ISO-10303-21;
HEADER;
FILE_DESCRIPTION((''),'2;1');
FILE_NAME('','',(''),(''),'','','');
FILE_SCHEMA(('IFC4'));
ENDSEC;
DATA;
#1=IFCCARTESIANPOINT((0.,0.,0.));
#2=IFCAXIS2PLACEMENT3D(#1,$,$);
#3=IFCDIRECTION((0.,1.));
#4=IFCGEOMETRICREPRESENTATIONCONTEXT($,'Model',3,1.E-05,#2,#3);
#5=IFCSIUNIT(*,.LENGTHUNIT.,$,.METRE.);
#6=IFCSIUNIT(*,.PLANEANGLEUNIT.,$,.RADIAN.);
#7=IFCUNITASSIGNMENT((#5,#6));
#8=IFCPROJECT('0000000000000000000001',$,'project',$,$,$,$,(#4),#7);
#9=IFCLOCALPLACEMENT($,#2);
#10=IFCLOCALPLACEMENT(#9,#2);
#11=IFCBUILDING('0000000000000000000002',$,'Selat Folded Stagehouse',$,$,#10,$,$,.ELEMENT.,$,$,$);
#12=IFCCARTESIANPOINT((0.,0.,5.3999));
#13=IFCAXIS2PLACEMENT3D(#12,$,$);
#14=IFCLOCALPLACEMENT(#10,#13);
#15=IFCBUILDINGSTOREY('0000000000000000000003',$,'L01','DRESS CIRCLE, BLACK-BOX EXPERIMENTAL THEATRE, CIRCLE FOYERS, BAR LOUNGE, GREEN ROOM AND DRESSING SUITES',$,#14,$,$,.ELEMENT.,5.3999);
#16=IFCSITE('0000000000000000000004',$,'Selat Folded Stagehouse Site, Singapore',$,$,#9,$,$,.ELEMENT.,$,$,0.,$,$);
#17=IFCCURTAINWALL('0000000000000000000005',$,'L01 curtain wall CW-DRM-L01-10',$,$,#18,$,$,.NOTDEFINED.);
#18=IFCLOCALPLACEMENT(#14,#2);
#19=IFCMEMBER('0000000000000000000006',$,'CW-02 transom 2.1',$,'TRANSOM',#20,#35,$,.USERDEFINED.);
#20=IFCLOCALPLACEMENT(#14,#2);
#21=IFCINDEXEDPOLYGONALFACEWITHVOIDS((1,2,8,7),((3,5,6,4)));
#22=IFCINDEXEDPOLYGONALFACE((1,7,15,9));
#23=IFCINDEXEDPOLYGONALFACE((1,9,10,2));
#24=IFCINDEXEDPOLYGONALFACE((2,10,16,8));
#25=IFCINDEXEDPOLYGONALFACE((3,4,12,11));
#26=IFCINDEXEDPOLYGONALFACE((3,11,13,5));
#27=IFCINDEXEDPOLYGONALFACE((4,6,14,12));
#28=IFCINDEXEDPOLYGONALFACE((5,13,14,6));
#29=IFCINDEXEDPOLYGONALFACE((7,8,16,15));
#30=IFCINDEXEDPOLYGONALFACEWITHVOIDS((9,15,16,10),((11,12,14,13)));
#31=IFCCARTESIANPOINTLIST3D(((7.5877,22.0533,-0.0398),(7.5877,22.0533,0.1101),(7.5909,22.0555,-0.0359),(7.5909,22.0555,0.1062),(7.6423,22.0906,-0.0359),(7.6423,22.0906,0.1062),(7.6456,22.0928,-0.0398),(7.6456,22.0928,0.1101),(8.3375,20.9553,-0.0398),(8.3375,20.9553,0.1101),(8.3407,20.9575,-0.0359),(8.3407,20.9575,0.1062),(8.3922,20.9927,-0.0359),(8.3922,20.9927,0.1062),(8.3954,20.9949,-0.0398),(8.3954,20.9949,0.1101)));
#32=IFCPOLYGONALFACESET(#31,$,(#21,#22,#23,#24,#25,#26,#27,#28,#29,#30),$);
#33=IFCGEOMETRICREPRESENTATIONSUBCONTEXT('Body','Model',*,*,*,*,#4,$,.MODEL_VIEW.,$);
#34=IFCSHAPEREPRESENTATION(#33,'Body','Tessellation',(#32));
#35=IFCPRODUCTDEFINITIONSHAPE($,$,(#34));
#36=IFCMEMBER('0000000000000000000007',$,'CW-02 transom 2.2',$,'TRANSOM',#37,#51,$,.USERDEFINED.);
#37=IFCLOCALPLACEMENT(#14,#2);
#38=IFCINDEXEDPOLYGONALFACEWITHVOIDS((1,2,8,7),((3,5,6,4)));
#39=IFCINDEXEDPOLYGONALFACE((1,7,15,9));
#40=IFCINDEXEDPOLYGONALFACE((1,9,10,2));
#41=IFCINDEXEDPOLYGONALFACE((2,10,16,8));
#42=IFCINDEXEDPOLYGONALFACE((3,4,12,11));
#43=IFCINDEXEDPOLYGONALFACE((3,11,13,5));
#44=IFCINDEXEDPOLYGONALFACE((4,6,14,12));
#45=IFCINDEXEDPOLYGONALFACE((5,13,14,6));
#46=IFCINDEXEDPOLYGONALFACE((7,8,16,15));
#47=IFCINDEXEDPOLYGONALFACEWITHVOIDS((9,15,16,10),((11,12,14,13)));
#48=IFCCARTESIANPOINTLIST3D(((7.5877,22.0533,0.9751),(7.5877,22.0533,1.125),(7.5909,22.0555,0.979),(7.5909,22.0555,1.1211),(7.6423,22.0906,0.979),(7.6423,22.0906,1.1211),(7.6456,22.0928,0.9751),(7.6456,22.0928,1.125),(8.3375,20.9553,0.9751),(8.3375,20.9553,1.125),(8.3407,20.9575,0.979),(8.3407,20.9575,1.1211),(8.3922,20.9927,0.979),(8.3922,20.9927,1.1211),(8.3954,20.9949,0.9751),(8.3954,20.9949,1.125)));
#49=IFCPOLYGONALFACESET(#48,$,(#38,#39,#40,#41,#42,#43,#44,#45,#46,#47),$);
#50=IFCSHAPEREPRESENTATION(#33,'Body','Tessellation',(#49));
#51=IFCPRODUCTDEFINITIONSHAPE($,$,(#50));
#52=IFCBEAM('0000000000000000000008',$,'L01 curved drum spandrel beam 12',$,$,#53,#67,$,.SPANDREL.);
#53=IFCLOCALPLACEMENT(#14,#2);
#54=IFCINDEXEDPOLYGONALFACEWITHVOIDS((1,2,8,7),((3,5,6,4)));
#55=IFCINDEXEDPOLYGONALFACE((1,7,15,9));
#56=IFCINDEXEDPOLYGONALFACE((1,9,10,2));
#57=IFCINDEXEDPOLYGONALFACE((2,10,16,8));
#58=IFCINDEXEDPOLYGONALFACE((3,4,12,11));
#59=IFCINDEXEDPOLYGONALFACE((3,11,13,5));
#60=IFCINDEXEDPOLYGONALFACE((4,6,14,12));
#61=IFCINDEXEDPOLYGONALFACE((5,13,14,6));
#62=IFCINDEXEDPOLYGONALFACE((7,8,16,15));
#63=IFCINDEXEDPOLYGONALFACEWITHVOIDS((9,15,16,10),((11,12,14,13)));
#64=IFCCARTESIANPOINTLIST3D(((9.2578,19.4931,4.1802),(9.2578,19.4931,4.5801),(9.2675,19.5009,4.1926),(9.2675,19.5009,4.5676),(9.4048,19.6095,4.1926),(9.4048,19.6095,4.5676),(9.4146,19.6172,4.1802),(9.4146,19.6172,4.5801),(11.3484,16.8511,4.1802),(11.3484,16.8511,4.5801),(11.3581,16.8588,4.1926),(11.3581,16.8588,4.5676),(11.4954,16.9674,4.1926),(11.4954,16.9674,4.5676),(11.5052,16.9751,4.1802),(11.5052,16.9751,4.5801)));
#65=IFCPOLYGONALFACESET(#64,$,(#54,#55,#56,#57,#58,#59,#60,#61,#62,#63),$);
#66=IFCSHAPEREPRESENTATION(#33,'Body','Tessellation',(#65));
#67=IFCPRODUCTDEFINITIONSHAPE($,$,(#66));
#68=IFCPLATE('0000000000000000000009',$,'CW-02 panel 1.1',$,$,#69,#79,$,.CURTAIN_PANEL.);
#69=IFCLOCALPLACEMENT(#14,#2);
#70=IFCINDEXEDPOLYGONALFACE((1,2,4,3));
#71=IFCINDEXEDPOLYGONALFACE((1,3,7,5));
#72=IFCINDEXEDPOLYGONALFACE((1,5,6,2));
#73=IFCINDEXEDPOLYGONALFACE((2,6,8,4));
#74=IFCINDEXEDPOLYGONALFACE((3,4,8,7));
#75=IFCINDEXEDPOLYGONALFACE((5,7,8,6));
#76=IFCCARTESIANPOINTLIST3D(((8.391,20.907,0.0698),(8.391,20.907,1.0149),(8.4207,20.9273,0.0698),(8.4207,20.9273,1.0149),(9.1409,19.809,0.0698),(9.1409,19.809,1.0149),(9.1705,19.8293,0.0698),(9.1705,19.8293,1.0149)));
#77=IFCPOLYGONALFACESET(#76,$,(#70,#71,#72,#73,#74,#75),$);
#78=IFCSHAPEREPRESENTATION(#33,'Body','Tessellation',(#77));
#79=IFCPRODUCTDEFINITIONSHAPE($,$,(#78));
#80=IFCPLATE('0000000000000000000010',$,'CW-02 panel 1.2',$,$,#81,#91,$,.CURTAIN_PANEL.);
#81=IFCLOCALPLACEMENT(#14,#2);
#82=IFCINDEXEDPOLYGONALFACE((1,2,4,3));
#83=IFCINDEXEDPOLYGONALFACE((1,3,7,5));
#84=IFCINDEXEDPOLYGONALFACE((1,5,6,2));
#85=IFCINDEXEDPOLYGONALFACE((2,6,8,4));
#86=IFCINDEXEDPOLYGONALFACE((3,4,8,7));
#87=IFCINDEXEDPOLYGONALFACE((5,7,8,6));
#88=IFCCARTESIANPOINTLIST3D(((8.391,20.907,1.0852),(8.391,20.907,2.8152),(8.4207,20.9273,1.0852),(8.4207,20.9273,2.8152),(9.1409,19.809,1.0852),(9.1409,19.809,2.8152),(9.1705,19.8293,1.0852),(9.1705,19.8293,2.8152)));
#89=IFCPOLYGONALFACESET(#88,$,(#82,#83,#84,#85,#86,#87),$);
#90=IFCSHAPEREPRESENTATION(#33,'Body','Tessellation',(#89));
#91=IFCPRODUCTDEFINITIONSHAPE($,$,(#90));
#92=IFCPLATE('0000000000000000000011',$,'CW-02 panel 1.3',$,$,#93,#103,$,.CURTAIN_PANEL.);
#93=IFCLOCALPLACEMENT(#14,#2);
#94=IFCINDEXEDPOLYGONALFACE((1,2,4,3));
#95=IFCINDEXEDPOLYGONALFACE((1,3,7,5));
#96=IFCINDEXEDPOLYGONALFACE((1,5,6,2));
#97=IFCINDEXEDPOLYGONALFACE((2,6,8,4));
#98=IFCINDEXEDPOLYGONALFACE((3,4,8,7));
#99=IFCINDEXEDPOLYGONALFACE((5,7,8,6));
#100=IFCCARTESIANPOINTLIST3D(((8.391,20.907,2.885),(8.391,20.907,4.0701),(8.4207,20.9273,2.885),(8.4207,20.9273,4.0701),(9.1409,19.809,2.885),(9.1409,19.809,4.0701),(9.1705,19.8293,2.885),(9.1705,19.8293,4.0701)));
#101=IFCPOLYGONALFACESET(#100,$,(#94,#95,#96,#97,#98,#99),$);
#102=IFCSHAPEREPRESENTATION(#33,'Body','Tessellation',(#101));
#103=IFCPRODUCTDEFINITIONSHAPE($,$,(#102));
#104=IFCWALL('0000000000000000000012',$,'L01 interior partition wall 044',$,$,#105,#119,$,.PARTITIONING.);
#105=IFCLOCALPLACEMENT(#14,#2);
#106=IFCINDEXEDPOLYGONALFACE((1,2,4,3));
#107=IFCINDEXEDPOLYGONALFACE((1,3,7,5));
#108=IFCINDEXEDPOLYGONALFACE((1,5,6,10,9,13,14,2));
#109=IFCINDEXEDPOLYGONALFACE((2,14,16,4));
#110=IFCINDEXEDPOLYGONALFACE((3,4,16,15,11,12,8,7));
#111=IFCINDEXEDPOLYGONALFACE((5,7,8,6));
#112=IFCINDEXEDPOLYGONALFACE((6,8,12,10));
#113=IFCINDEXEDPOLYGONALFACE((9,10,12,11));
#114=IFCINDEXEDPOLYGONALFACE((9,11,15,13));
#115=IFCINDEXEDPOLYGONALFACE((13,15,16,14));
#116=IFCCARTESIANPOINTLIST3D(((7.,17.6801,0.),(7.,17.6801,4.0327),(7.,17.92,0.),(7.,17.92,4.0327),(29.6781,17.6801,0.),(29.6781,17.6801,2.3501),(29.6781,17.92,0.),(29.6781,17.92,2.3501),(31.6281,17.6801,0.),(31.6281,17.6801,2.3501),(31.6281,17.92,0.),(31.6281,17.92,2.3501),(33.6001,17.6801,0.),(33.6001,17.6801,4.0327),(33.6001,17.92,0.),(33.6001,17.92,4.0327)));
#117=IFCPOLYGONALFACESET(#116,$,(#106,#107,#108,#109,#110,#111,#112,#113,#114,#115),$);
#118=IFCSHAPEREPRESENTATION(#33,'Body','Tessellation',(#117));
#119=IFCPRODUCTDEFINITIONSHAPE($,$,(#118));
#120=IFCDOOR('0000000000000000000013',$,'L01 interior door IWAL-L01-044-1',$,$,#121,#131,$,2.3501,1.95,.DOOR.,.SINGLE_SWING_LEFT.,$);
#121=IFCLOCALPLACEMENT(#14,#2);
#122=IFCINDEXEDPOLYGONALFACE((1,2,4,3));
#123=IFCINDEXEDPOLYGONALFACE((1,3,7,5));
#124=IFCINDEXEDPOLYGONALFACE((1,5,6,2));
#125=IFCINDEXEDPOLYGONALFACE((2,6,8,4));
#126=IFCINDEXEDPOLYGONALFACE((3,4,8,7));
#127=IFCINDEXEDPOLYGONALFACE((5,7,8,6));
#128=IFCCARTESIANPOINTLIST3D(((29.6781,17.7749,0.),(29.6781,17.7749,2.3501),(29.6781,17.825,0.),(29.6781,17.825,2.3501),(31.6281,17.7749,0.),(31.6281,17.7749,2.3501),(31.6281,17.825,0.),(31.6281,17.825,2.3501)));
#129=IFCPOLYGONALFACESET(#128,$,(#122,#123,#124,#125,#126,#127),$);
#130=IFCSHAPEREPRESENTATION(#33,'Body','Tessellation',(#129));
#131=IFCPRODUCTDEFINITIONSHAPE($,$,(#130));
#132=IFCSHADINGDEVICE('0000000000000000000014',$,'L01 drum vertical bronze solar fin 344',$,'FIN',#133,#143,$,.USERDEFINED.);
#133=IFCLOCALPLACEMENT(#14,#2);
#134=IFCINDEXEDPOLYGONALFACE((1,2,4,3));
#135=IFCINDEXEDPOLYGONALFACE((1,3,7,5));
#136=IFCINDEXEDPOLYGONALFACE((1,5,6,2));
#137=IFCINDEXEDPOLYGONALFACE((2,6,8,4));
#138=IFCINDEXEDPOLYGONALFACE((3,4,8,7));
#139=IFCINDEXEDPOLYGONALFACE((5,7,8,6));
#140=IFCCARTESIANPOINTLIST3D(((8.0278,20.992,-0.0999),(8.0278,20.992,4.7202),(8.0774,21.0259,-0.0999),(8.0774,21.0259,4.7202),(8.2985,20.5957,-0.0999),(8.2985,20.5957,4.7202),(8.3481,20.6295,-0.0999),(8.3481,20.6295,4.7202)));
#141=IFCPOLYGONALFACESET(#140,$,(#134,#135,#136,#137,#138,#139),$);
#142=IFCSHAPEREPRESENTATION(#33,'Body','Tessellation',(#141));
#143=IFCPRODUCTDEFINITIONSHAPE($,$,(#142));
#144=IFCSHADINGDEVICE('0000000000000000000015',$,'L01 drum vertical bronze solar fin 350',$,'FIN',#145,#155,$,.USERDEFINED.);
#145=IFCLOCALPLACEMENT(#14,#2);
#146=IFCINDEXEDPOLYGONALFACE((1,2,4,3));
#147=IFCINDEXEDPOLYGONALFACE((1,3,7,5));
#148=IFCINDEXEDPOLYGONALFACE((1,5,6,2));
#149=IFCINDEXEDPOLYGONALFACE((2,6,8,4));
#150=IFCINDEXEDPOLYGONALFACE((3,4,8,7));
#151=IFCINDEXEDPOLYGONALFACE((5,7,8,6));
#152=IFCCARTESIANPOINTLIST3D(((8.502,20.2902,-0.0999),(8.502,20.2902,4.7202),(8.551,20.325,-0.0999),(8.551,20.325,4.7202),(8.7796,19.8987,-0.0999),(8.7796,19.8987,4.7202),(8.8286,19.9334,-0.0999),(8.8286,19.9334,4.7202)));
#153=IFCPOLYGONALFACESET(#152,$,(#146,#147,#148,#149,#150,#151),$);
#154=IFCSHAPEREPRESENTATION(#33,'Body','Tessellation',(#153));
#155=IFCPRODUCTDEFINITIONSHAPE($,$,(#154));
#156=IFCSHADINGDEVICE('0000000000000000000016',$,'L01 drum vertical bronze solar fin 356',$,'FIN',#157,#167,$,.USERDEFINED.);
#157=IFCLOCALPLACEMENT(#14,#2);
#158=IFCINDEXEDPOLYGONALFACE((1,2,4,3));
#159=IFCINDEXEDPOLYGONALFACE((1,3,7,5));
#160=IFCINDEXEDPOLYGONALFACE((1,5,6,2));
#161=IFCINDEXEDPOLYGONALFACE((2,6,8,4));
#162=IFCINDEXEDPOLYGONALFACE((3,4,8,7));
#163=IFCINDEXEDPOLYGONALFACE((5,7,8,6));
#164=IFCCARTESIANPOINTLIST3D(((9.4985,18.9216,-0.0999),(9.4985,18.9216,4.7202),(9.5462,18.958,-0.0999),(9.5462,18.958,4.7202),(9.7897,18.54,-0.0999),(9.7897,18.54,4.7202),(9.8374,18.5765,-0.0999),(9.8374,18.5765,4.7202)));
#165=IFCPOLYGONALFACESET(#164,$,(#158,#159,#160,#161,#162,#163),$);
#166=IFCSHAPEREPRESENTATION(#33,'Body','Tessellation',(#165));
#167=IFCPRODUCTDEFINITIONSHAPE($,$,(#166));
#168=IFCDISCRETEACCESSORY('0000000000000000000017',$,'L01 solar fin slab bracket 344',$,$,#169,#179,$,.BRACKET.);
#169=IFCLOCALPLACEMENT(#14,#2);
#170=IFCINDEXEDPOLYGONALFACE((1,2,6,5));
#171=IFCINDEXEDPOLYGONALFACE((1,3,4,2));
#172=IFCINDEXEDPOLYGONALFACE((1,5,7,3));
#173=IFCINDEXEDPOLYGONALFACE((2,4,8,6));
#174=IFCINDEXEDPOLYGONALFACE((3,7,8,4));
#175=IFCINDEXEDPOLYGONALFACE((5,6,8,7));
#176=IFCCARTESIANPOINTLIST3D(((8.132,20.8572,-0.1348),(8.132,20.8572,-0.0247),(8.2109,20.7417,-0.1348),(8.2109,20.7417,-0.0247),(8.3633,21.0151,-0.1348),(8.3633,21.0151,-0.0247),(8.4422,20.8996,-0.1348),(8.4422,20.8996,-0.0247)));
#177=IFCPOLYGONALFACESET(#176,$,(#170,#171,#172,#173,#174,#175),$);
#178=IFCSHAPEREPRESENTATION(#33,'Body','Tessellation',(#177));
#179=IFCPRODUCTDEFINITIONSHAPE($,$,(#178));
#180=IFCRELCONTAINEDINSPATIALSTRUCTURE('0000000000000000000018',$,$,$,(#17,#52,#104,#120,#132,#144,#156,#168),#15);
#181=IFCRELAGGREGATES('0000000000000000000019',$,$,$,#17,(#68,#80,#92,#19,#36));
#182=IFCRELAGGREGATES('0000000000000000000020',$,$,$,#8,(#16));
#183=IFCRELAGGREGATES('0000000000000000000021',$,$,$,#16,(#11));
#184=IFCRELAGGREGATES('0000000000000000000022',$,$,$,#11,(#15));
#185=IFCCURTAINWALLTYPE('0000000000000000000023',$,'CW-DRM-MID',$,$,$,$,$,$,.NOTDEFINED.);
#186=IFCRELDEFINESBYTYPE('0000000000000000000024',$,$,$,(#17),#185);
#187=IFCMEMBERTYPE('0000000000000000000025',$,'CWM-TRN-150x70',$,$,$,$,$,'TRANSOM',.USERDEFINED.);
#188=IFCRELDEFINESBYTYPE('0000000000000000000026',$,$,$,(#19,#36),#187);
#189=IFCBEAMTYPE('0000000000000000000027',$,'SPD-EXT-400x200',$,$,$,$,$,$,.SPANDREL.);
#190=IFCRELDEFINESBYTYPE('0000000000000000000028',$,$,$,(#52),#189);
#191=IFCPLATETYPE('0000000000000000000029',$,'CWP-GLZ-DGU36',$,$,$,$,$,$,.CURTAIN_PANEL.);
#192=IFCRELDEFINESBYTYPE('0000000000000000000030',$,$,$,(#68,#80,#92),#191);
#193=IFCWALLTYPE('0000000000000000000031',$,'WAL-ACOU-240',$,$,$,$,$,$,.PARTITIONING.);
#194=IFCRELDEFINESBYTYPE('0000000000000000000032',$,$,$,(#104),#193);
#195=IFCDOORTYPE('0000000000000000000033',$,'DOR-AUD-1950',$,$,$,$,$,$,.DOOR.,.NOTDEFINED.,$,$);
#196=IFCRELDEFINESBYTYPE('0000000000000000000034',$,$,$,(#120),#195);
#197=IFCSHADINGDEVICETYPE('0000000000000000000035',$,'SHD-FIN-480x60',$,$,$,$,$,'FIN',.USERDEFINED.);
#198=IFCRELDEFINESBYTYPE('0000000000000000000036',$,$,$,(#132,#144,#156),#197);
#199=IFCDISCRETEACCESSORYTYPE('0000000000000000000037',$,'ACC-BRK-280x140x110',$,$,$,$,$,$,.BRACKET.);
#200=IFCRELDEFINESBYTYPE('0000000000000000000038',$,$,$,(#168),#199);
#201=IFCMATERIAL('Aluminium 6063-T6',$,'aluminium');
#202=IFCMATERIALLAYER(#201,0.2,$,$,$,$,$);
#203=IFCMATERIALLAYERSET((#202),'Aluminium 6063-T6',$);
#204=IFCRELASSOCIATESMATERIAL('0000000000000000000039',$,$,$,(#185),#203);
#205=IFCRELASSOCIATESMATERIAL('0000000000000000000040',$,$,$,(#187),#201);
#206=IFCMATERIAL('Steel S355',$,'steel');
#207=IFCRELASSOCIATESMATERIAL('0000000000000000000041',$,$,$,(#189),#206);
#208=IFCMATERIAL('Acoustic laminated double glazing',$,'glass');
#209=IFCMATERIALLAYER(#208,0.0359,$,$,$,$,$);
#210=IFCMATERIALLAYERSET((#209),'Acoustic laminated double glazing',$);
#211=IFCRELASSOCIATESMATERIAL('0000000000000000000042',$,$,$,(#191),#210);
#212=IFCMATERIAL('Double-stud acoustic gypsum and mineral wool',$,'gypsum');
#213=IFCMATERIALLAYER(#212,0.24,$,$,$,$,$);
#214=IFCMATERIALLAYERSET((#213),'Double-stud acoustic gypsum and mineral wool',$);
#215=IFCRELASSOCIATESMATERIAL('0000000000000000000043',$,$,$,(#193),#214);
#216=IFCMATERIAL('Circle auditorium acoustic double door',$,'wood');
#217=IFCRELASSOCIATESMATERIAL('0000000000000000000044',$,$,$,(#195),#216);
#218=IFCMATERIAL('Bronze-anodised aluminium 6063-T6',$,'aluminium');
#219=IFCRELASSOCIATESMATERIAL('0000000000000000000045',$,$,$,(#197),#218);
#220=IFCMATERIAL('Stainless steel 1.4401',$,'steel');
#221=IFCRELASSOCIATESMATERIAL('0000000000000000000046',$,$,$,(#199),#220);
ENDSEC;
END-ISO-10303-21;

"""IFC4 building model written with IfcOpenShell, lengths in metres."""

from ifc_helpers import new_model, si_unit, direction, frame, frame_2d, origin, origin_2d, place, context, subcontext, project, spatial, rectangle, hollow_rectangle, extrude, material, layer, layer_set, material_profile, profile_set, type_object, element, fill, aggregate, save


model = new_model("IFC4")

# Units and contexts
model_context = context("Model", 3, precision=1e-05, world=origin(), true_north=direction((0.0, 1.0)))
body_context = subcontext(model_context, "Body", "Model", "MODEL_VIEW")
ifc_project = project(units=[si_unit("LENGTHUNIT", "METRE"), si_unit("PLANEANGLEUNIT", "RADIAN")], contexts=[model_context])

# Site, building, storey
site_placement = place(None, origin())
site = spatial("IfcSite", under=ifc_project, at=site_placement, Name="Selat Folded Stagehouse Site, Singapore", CompositionType="ELEMENT", RefElevation=0.0)
building_placement = place(site_placement, origin())
building = spatial("IfcBuilding", under=site, at=building_placement, Name="Selat Folded Stagehouse", CompositionType="ELEMENT")
storey_placement = place(building_placement, frame((0.0, 0.0, 5.3999)))
storey = spatial("IfcBuildingStorey", under=building, at=storey_placement, Name="L01", Description="DRESS CIRCLE, BLACK-BOX EXPERIMENTAL THEATRE, CIRCLE FOYERS, BAR LOUNGE, GREEN ROOM AND DRESSING SUITES", CompositionType="ELEMENT", Elevation=5.3999)

# Shared definitions
ifc_material_1 = material(Name="Steel S355", Category="steel")

# Curtain wall
ifc_material_2 = material(Name="Aluminium 6063-T6", Category="aluminium")
ifc_layer_1 = layer(ifc_material_2, 0.2)
ifc_layer_set_1 = layer_set([ifc_layer_1], Name="Aluminium 6063-T6")
curtain_wall_type = type_object("IfcCurtainWallType", Name="CW-DRM-MID", PredefinedType="NOTDEFINED", material=ifc_layer_set_1)
curtain_wall_1_placement = place(storey_placement, origin())
curtain_wall_1 = element("IfcCurtainWall", 1, at=curtain_wall_1_placement, inside=storey, type_object=curtain_wall_type, Name="L01 curtain wall CW-DRM-L01-10", PredefinedType="NOTDEFINED")

# Members
ifc_material_profile_1 = material_profile(ifc_material_2, hollow_rectangle(XDim=0.0701, YDim=0.1499, WallThickness=0.0039, at=origin_2d()), Name="ALU 150x70x4.0")
ifc_profile_set_1 = profile_set([ifc_material_profile_1], Name="Aluminium 6063-T6")
member_type_1 = type_object("IfcMemberType", Name="CWM-TRN-150x70", ElementType="TRANSOM", PredefinedType="USERDEFINED", material=ifc_profile_set_1)
member_1_placement = place(storey_placement, frame((8.3665, 20.9751, 0.0352), z_axis=(-0.563946, 0.825811, 0.0), x_axis=(-0.825811, -0.563946, 0.0)))
member_1 = element("IfcMember", 2, at=member_1_placement, type_object=member_type_1, Name="CW-02 transom 2.1", ObjectType="TRANSOM", PredefinedType="USERDEFINED", context=body_context, shape_type="SweptSolid", body=[
    extrude(hollow_rectangle(XDim=0.0701, YDim=0.1499, WallThickness=0.0039, at=origin_2d()), origin(), (0.0, 0.0, 1.0), 1.3296),
])
member_2_placement = place(storey_placement, frame((8.3665, 20.9751, 1.05), z_axis=(-0.563946, 0.825811, 0.0), x_axis=(-0.825811, -0.563946, 0.0)))
member_2 = element("IfcMember", 3, at=member_2_placement, type_object=member_type_1, Name="CW-02 transom 2.2", ObjectType="TRANSOM", PredefinedType="USERDEFINED", context=body_context, shape_type="SweptSolid", body=[
    extrude(hollow_rectangle(XDim=0.0701, YDim=0.1499, WallThickness=0.0039, at=origin_2d()), origin(), (0.0, 0.0, 1.0), 1.3296),
])

# Beam
ifc_material_profile_2 = material_profile(ifc_material_1, hollow_rectangle(XDim=0.2, YDim=0.3999, WallThickness=0.0125, at=origin_2d()), Name="RHS 400x200x12.5")
ifc_profile_set_2 = profile_set([ifc_material_profile_2], Name="Steel S355")
beam_type = type_object("IfcBeamType", Name="SPD-EXT-400x200", PredefinedType="SPANDREL", material=ifc_profile_set_2)
beam_placement = place(storey_placement, frame((9.3362, 19.5552, 4.3801), z_axis=(0.620506, -0.784202, 0.0), x_axis=(0.784202, 0.620506, 0.0)))
element("IfcBeam", 4, at=beam_placement, inside=storey, type_object=beam_type, Name="L01 curved drum spandrel beam 12", PredefinedType="SPANDREL", context=body_context, shape_type="SweptSolid", body=[
    extrude(hollow_rectangle(XDim=0.2, YDim=0.3999, WallThickness=0.0125, at=origin_2d()), origin(), (0.0, 0.0, 1.0), 3.3691),
])

# Plates
ifc_material_3 = material(Name="Acoustic laminated double glazing", Category="glass")
ifc_layer_2 = layer(ifc_material_3, 0.0359)
ifc_layer_set_2 = layer_set([ifc_layer_2], Name="Acoustic laminated double glazing")
plate_type = type_object("IfcPlateType", Name="CWP-GLZ-DGU36", PredefinedType="CURTAIN_PANEL", material=ifc_layer_set_2)
plate_1_placement = place(storey_placement, frame((8.7808, 20.3682, 0.0698), z_axis=(0.0, 0.0, 1.0), x_axis=(-0.563948, 0.82581, 0.0)))
plate_1 = element("IfcPlate", 5, at=plate_1_placement, type_object=plate_type, Name="CW-02 panel 1.1", PredefinedType="CURTAIN_PANEL", context=body_context, shape_type="SweptSolid", body=[
    extrude(rectangle(XDim=1.3296, YDim=0.0359, at=origin_2d()), origin(), (0.0, 0.0, 1.0), 0.9451),
])
plate_2_placement = place(storey_placement, frame((8.7808, 20.3682, 1.0852), z_axis=(0.0, 0.0, 1.0), x_axis=(-0.563948, 0.82581, 0.0)))
plate_2 = element("IfcPlate", 6, at=plate_2_placement, type_object=plate_type, Name="CW-02 panel 1.2", PredefinedType="CURTAIN_PANEL", context=body_context, shape_type="SweptSolid", body=[
    extrude(rectangle(XDim=1.3296, YDim=0.0359, at=origin_2d()), origin(), (0.0, 0.0, 1.0), 1.73),
])
plate_3_placement = place(storey_placement, frame((8.7808, 20.3682, 2.885), z_axis=(0.0, 0.0, 1.0), x_axis=(-0.563948, 0.82581, 0.0)))
plate_3 = element("IfcPlate", 7, at=plate_3_placement, type_object=plate_type, Name="CW-02 panel 1.3", PredefinedType="CURTAIN_PANEL", context=body_context, shape_type="SweptSolid", body=[
    extrude(rectangle(XDim=1.3296, YDim=0.0359, at=origin_2d()), origin(), (0.0, 0.0, 1.0), 1.1851),
])
aggregate(curtain_wall_1, [plate_1, plate_2, plate_3, member_1, member_2])

# Wall, opening, door
ifc_material_4 = material(Name="Double-stud acoustic gypsum and mineral wool", Category="gypsum")
ifc_layer_3 = layer(ifc_material_4, 0.24)
ifc_layer_set_3 = layer_set([ifc_layer_3], Name="Double-stud acoustic gypsum and mineral wool")
wall_type = type_object("IfcWallType", Name="WAL-ACOU-240", PredefinedType="PARTITIONING", material=ifc_layer_set_3)
wall_placement = place(storey_placement, frame((7.0, 17.8, 0.0), z_axis=(0.0, 0.0, 1.0), x_axis=(1.0, 0.0, 0.0)))
wall = element("IfcWall", 8, at=wall_placement, inside=storey, type_object=wall_type, Name="L01 interior partition wall 044", PredefinedType="PARTITIONING", context=body_context, shape_type="SweptSolid", body=[
    extrude(rectangle(XDim=26.6001, YDim=0.24, at=frame_2d((13.3, 0.0))), origin(), (0.0, 0.0, 1.0), 4.0327),
])
opening_placement = place(wall_placement, frame((22.678, 0.0, 0.0)))
opening = element("IfcOpeningElement", 9, at=opening_placement, cuts=wall, PredefinedType="OPENING", context=body_context, shape_type="SweptSolid", body=[
    extrude(rectangle(XDim=1.95, YDim=2.3501, at=frame_2d((0.9751, 1.175))), frame((0.0, 0.1299, 0.0), z_axis=(0.0, -1.0, 0.0), x_axis=(1.0, 0.0, 0.0)), (0.0, 0.0, 1.0), 0.26),
])
ifc_material_5 = material(Name="Circle auditorium acoustic double door", Category="wood")
door_type = type_object("IfcDoorType", Name="DOR-AUD-1950", OperationType="NOTDEFINED", PredefinedType="DOOR", material=ifc_material_5)
door_placement = place(opening_placement, origin())
door = element("IfcDoor", 10, at=door_placement, inside=storey, type_object=door_type, Name="L01 interior door IWAL-L01-044-1", OperationType="SINGLE_SWING_LEFT", OverallHeight=2.3501, OverallWidth=1.95, PredefinedType="DOOR", context=body_context, shape_type="SweptSolid", body=[
    extrude(rectangle(XDim=1.95, YDim=2.3501, at=frame_2d((0.9751, 1.175))), frame((0.0, 0.0249, 0.0), z_axis=(0.0, -1.0, 0.0), x_axis=(1.0, 0.0, 0.0)), (0.0, 0.0, 1.0), 0.05),
])
fill(opening, door)

# Shading devices
ifc_material_6 = material(Name="Bronze-anodised aluminium 6063-T6", Category="aluminium")
ifc_material_profile_3 = material_profile(ifc_material_6, rectangle(XDim=0.0601, YDim=0.48, at=origin_2d()), Name="SOLAR-FIN 480x60")
ifc_profile_set_3 = profile_set([ifc_material_profile_3], Name="Bronze-anodised aluminium 6063-T6")
shading_device_type = type_object("IfcShadingDeviceType", Name="SHD-FIN-480x60", ElementType="FIN", PredefinedType="USERDEFINED", material=ifc_profile_set_3)
for number, where, z_axis, x_axis, name in (
    (11, (8.188, 20.8108, -0.0999), (0.0, 0.0, 1.0), (-0.825803, -0.563959, 0.0), "L01 drum vertical bronze solar fin 344"),
    (12, (8.6653, 20.1118, -0.0999), (0.0, 0.0, 1.0), (-0.815734, -0.578427, 0.0), "L01 drum vertical bronze solar fin 350"),
    (13, (9.668, 18.749, -0.0999), (0.0, 0.0, 1.0), (-0.794944, -0.606682, 0.0), "L01 drum vertical bronze solar fin 356"),
):
    element("IfcShadingDevice", number, at=place(storey_placement, frame(where, z_axis=z_axis, x_axis=x_axis)), inside=storey, type_object=shading_device_type, Name=name, ObjectType="FIN", PredefinedType="USERDEFINED", context=body_context, shape_type="SweptSolid", body=[
        extrude(rectangle(XDim=0.0601, YDim=0.48, at=origin_2d()), origin(), (0.0, 0.0, 1.0), 4.8201),
    ])

# Discrete accessory
ifc_material_7 = material(Name="Stainless steel 1.4401", Category="steel")
discrete_accessory_type = type_object("IfcDiscreteAccessoryType", Name="ACC-BRK-280x140x110", PredefinedType="BRACKET", material=ifc_material_7)
for number, where, z_axis, x_axis, name in (
    (14, (8.2871, 20.8784, -0.1348), (0.0, 0.0, 1.0), (-0.825803, -0.563959, 0.0), "L01 solar fin slab bracket 344"),
):
    element("IfcDiscreteAccessory", number, at=place(storey_placement, frame(where, z_axis=z_axis, x_axis=x_axis)), inside=storey, type_object=discrete_accessory_type, Name=name, PredefinedType="BRACKET", context=body_context, shape_type="SweptSolid", body=[
        extrude(rectangle(XDim=0.28, YDim=0.1399, at=origin_2d()), origin(), (0.0, 0.0, 1.0), 0.1101),
    ])

save(model, "model.ifc")
